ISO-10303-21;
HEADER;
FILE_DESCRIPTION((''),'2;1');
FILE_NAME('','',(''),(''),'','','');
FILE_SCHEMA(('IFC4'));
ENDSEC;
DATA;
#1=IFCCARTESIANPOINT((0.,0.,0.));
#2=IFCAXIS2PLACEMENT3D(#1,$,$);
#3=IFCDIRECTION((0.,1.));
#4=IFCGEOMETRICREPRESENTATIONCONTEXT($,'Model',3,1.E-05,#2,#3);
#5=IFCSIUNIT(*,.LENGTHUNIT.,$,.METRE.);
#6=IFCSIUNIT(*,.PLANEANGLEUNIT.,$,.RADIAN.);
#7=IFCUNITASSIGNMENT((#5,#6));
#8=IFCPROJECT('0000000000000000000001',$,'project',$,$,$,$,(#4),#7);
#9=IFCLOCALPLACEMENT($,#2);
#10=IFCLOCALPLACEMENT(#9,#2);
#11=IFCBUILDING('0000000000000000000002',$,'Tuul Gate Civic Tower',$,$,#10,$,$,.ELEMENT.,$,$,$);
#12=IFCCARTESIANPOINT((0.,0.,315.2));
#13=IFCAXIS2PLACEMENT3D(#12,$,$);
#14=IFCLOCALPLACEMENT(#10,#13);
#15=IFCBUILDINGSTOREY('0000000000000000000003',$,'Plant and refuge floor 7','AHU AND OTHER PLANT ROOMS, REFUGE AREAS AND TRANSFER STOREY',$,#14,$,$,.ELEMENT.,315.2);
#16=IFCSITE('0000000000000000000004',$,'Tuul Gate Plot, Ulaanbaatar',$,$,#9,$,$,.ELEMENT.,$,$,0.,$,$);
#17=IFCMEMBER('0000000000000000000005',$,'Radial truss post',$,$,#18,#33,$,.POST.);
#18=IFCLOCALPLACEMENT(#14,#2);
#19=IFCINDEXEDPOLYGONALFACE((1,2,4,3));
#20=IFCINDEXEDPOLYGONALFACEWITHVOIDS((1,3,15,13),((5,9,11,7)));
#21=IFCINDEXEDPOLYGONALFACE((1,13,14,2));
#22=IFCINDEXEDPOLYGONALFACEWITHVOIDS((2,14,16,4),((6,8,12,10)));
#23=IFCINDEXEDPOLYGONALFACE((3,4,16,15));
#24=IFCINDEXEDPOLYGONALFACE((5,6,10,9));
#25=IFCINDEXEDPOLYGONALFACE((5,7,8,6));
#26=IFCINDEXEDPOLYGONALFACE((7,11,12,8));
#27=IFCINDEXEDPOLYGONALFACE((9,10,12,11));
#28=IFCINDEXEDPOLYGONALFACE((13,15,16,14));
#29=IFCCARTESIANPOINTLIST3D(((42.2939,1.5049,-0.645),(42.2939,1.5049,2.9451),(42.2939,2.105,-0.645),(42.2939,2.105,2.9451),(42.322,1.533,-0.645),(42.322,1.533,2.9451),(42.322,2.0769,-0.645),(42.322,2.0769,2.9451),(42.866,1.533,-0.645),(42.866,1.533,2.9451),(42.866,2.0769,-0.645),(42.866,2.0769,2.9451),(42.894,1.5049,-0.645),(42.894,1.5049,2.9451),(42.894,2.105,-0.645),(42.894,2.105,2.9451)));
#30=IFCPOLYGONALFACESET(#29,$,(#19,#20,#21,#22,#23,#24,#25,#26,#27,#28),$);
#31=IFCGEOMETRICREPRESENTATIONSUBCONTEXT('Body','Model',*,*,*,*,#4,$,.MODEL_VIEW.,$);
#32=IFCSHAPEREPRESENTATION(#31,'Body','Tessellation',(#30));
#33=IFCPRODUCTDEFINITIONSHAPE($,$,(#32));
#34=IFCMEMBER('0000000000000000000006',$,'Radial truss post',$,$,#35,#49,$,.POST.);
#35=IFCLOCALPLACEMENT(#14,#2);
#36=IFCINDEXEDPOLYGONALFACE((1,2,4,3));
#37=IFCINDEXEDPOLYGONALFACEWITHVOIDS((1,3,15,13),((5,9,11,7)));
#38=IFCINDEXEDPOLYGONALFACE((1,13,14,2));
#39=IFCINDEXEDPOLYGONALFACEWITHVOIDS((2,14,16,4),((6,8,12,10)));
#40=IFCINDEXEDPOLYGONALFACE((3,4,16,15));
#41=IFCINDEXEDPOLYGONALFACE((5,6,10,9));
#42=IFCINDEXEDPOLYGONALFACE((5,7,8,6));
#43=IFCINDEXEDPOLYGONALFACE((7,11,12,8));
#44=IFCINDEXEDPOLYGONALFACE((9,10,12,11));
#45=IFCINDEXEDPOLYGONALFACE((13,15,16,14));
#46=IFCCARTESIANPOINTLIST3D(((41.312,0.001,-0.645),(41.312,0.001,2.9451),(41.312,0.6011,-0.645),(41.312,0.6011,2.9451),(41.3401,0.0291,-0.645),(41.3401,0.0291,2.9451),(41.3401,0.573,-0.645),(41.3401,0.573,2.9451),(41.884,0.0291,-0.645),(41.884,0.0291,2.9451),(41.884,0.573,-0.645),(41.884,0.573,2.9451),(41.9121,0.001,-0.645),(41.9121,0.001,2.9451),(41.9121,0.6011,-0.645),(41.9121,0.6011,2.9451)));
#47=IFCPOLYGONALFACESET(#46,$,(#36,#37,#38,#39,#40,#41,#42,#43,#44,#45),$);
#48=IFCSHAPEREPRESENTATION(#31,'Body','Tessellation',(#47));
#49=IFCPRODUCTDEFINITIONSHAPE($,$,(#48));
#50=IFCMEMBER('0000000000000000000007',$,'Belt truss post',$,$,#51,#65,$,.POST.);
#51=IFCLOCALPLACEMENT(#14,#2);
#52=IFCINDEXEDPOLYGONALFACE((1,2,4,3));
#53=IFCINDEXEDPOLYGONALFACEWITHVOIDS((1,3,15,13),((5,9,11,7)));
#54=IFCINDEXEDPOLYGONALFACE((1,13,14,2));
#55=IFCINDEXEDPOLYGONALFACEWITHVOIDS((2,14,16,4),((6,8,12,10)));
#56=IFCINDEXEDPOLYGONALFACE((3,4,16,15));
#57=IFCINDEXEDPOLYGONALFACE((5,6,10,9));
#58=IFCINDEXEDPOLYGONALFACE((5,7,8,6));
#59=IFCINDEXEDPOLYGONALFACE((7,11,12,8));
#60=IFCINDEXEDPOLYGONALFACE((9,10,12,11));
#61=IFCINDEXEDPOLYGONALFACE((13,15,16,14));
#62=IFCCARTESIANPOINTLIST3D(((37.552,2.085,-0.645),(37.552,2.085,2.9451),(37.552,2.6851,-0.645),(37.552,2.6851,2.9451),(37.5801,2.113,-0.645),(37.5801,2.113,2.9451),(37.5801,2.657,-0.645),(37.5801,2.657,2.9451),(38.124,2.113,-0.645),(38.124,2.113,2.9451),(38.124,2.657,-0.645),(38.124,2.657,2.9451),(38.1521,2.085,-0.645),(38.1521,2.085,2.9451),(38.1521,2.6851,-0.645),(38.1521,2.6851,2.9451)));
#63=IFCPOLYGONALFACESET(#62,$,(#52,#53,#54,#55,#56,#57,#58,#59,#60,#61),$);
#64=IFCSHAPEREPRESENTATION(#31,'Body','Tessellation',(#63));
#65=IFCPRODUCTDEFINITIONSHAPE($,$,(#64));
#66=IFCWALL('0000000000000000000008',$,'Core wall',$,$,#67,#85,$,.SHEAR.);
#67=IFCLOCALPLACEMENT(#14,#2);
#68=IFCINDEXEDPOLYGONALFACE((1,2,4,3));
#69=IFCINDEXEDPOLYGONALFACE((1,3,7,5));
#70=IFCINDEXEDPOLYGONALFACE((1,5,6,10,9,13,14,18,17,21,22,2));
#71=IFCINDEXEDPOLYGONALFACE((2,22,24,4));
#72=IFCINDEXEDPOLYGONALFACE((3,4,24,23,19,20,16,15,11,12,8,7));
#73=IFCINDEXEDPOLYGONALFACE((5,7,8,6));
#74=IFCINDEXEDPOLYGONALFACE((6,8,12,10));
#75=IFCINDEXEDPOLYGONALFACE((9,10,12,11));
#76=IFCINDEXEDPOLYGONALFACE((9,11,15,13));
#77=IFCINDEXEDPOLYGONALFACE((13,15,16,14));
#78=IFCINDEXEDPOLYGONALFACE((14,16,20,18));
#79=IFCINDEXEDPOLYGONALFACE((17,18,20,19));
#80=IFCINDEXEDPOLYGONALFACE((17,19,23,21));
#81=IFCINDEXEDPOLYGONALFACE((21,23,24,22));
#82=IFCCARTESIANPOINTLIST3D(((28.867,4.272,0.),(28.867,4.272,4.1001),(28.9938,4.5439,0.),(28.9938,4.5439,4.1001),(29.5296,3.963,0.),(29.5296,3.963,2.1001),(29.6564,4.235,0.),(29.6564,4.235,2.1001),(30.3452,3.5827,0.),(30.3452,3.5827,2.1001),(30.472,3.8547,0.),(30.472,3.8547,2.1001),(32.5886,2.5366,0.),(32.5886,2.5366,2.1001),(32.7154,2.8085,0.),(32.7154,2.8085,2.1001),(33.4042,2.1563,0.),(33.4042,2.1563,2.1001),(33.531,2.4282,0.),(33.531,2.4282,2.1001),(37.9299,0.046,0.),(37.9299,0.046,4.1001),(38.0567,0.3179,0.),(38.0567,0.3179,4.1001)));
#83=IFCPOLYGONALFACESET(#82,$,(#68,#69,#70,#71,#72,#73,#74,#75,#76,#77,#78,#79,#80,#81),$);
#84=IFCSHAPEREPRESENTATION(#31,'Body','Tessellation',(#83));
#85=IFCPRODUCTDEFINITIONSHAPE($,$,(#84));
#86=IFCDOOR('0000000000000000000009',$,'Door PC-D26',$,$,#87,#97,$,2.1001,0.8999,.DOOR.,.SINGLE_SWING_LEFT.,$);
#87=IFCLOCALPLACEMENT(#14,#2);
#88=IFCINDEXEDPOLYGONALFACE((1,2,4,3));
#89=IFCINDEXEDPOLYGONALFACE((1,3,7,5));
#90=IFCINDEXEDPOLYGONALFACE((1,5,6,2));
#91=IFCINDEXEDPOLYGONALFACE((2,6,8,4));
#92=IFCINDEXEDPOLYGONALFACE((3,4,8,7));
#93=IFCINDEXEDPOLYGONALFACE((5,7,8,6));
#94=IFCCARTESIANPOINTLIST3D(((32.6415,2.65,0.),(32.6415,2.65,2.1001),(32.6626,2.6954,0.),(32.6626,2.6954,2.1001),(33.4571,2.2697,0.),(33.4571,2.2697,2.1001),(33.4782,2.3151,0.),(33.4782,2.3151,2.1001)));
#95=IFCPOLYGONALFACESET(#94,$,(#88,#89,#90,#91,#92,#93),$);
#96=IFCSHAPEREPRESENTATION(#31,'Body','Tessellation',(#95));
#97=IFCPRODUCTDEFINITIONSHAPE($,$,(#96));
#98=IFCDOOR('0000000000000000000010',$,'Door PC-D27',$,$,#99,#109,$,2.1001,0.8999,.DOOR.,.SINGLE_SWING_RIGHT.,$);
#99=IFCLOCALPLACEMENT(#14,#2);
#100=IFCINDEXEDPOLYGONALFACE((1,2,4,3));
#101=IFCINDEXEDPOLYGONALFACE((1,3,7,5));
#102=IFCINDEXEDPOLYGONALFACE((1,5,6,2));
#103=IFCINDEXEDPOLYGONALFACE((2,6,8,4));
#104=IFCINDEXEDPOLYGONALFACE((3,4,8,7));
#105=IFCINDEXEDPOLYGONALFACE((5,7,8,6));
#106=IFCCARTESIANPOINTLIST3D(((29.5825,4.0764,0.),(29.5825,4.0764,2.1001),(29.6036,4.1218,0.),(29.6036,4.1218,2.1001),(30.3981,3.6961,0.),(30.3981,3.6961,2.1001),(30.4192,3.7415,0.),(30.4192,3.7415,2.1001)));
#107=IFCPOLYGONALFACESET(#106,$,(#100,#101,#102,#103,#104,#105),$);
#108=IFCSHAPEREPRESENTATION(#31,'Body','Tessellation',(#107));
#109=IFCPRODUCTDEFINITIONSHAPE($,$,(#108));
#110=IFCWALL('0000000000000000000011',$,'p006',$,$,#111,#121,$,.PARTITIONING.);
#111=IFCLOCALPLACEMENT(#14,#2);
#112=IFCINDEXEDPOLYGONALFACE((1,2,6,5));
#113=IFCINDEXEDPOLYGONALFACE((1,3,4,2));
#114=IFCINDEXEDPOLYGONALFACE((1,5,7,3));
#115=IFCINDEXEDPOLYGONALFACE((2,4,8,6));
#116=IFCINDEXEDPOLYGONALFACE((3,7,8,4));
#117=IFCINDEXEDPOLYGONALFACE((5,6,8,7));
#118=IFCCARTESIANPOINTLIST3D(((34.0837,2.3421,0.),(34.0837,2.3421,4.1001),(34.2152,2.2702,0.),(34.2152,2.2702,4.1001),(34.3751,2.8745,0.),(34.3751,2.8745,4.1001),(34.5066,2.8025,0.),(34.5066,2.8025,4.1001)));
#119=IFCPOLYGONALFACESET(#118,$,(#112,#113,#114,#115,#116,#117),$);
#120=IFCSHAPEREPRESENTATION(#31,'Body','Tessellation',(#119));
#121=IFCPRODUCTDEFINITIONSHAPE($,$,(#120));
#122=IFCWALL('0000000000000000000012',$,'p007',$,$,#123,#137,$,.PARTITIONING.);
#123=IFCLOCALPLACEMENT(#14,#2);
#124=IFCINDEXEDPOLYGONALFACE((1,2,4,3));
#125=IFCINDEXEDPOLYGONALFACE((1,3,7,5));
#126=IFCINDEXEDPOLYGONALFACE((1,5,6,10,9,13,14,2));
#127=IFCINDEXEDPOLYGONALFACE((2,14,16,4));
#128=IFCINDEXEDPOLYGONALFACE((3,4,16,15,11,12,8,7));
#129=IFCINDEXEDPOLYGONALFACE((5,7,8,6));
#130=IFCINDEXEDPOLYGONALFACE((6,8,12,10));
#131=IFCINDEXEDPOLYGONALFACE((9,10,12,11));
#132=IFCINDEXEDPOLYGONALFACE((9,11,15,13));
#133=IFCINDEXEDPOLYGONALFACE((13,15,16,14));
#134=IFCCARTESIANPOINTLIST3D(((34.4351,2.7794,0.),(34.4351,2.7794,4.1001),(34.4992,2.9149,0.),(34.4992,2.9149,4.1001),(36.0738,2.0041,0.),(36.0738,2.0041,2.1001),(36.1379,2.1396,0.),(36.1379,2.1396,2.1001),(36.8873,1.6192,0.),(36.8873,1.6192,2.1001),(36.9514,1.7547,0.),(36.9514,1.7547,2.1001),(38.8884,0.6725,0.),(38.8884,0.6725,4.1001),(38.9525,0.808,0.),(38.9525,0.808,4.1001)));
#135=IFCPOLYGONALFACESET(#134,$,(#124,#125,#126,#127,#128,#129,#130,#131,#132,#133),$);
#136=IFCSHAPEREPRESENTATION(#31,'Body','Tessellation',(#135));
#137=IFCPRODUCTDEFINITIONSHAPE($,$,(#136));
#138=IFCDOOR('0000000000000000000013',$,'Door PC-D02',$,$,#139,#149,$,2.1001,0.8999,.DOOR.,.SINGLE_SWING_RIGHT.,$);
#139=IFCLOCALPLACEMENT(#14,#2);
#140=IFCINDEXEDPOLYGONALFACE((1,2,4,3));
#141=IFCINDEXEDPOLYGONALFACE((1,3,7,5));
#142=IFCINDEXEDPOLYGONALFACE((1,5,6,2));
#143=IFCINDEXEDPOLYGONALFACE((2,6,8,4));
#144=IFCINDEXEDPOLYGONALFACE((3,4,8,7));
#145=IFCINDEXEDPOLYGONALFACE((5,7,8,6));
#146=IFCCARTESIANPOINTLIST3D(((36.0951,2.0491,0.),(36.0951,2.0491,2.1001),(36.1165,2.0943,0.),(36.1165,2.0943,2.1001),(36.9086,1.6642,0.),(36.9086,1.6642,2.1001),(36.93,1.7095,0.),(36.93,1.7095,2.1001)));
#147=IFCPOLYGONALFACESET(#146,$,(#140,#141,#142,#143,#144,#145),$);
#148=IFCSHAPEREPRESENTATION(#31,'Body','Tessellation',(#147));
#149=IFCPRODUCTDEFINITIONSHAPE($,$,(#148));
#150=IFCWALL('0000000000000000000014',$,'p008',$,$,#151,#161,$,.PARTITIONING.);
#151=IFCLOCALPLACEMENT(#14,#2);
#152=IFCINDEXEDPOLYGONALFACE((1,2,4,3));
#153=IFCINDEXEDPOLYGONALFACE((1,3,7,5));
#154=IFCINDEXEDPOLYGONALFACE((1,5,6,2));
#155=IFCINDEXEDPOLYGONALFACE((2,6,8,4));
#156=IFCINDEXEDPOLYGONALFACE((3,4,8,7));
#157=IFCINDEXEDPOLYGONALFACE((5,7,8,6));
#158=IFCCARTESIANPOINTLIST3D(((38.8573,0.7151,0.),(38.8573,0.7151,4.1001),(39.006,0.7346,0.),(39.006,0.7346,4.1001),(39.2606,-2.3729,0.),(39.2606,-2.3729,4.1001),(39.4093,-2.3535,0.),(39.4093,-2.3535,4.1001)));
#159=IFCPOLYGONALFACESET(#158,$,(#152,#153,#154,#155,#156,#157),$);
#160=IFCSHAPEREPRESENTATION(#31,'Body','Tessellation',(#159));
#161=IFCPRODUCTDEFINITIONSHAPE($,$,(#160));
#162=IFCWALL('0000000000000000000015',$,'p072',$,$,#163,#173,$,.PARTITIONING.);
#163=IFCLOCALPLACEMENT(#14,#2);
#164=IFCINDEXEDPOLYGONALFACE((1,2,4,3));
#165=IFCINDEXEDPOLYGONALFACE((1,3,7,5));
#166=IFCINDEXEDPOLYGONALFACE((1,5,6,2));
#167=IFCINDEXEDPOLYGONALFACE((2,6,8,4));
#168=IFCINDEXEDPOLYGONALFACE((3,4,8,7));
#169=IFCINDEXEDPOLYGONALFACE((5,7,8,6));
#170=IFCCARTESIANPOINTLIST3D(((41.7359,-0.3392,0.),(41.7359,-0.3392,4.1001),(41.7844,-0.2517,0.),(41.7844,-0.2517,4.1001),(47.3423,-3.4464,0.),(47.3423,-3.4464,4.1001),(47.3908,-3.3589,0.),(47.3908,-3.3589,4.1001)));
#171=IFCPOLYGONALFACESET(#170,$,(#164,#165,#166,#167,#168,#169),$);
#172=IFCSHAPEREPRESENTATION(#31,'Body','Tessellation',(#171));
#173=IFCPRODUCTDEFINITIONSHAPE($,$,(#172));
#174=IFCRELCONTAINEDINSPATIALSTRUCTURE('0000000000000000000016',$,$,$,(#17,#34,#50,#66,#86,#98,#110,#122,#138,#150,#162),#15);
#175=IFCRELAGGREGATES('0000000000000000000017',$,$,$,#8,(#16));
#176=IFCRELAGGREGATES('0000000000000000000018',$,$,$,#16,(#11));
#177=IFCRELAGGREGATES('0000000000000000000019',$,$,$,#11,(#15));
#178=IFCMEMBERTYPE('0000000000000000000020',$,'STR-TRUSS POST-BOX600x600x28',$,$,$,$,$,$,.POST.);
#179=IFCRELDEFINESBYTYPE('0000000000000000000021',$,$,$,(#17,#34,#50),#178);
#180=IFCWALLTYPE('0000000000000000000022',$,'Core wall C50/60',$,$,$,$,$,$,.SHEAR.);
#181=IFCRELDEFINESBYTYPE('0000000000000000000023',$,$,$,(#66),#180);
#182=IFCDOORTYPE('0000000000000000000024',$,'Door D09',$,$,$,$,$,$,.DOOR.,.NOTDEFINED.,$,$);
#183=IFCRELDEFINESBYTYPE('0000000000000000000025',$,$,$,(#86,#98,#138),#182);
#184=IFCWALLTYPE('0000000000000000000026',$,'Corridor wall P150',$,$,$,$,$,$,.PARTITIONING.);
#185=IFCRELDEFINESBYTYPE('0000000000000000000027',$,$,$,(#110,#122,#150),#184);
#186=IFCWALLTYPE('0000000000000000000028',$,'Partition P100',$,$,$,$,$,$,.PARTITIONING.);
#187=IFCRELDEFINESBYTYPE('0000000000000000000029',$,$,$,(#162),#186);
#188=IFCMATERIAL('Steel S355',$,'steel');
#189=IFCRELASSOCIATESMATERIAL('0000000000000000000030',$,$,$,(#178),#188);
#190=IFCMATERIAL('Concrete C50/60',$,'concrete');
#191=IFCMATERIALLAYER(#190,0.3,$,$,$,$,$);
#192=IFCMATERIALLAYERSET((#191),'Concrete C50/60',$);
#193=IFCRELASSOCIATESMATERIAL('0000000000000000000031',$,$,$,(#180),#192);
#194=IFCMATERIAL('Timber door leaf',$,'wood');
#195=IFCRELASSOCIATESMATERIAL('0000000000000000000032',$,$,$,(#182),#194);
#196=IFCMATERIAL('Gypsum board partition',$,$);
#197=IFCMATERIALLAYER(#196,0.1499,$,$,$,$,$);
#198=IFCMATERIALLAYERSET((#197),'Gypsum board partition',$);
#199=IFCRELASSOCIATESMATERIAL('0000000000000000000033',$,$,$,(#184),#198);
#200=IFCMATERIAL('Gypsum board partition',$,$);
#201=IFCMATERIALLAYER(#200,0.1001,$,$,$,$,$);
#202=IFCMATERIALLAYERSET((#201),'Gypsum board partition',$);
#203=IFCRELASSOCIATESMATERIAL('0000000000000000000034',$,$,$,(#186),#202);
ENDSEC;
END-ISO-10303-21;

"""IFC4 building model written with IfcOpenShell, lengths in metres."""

from ifc_helpers import new_model, si_unit, direction, frame, frame_2d, origin, origin_2d, place, context, subcontext, project, spatial, rectangle, hollow_rectangle, extrude, material, layer, layer_set, material_profile, profile_set, type_object, element, fill, save


model = new_model("IFC4")

# Units and contexts
model_context = context("Model", 3, precision=1e-05, world=origin(), true_north=direction((0.0, 1.0)))
body_context = subcontext(model_context, "Body", "Model", "MODEL_VIEW")
ifc_project = project(units=[si_unit("LENGTHUNIT", "METRE"), si_unit("PLANEANGLEUNIT", "RADIAN")], contexts=[model_context])

# Site, building, storey
site_placement = place(None, origin())
site = spatial("IfcSite", under=ifc_project, at=site_placement, Name="Tuul Gate Plot, Ulaanbaatar", CompositionType="ELEMENT", RefElevation=0.0)
building_placement = place(site_placement, origin())
building = spatial("IfcBuilding", under=site, at=building_placement, Name="Tuul Gate Civic Tower", CompositionType="ELEMENT")
storey_placement = place(building_placement, frame((0.0, 0.0, 315.2)))
storey = spatial("IfcBuildingStorey", under=building, at=storey_placement, Name="Plant and refuge floor 7", Description="AHU AND OTHER PLANT ROOMS, REFUGE AREAS AND TRANSFER STOREY", CompositionType="ELEMENT", Elevation=315.2)

# Members
ifc_material_1 = material(Name="Steel S355", Category="steel")
ifc_material_profile_1 = material_profile(ifc_material_1, hollow_rectangle(XDim=0.6001, YDim=0.6001, WallThickness=0.0281, at=origin_2d()), Name="BOX600x600x28")
ifc_profile_set_1 = profile_set([ifc_material_profile_1], Name="Steel S355")
member_type_1 = type_object("IfcMemberType", Name="STR-TRUSS POST-BOX600x600x28", PredefinedType="POST", material=ifc_profile_set_1)
for number, where, z_axis, x_axis, name in (
    (1, (42.594, 1.8049, -0.645), (0.0, 0.0, 1.0), (1.0, 0.0, 0.0), "Radial truss post"),
    (2, (41.6121, 0.301, -0.645), (0.0, 0.0, 1.0), (1.0, 0.0, 0.0), "Radial truss post"),
    (3, (37.8521, 2.385, -0.645), (0.0, 0.0, 1.0), (1.0, 0.0, 0.0), "Belt truss post"),
):
    element("IfcMember", number, at=place(storey_placement, frame(where, z_axis=z_axis, x_axis=x_axis)), inside=storey, type_object=member_type_1, Name=name, PredefinedType="POST", context=body_context, shape_type="SweptSolid", body=[
        extrude(hollow_rectangle(XDim=0.6001, YDim=0.6001, WallThickness=0.0281, at=origin_2d()), origin(), (0.0, 0.0, 1.0), 3.5901),
    ])

# Wall, openings, doors
ifc_material_2 = material(Name="Concrete C50/60", Category="concrete")
ifc_layer_1 = layer(ifc_material_2, 0.3)
ifc_layer_set_1 = layer_set([ifc_layer_1], Name="Concrete C50/60")
wall_type_1 = type_object("IfcWallType", Name="Core wall C50/60", PredefinedType="SHEAR", material=ifc_layer_set_1)
wall_1_placement = place(storey_placement, frame((37.9934, 0.1819, 0.0), z_axis=(0.0, 0.0, 1.0), x_axis=(-0.90631, 0.422613, 0.0)))
wall_1 = element("IfcWall", 4, at=wall_1_placement, inside=storey, type_object=wall_type_1, Name="Core wall", PredefinedType="SHEAR", context=body_context, shape_type="SweptSolid", body=[
    extrude(rectangle(XDim=9.9998, YDim=0.3, at=frame_2d((5.0, 0.0))), origin(), (0.0, 0.0, 1.0), 4.1001),
])
opening_1_placement = place(wall_1_placement, frame((4.9937, 0.0, 0.0)))
opening_1 = element("IfcOpeningElement", 5, at=opening_1_placement, cuts=wall_1, PredefinedType="OPENING", context=body_context, shape_type="SweptSolid", body=[
    extrude(rectangle(XDim=0.8999, YDim=2.1001, at=frame_2d((0.45, 1.05))), frame((0.0, 0.1602, 0.0), z_axis=(0.0, -1.0, 0.0), x_axis=(1.0, 0.0, 0.0)), (0.0, 0.0, 1.0), 0.3201),
])
opening_2_placement = place(wall_1_placement, frame((8.3689, 0.0, 0.0)))
opening_2 = element("IfcOpeningElement", 6, at=opening_2_placement, cuts=wall_1, PredefinedType="OPENING", context=body_context, shape_type="SweptSolid", body=[
    extrude(rectangle(XDim=0.8999, YDim=2.1001, at=frame_2d((0.45, 1.05))), frame((0.0, 0.1602, 0.0), z_axis=(0.0, -1.0, 0.0), x_axis=(1.0, 0.0, 0.0)), (0.0, 0.0, 1.0), 0.3201),
])
ifc_material_3 = material(Name="Timber door leaf", Category="wood")
door_type = type_object("IfcDoorType", Name="Door D09", OperationType="NOTDEFINED", PredefinedType="DOOR", material=ifc_material_3)
door_1_placement = place(opening_1_placement, origin())
door_1 = element("IfcDoor", 7, at=door_1_placement, inside=storey, type_object=door_type, Name="Door PC-D26", OperationType="SINGLE_SWING_LEFT", OverallHeight=2.1001, OverallWidth=0.8999, PredefinedType="DOOR", context=body_context, shape_type="SweptSolid", body=[
    extrude(rectangle(XDim=0.8999, YDim=2.1001, at=frame_2d((0.45, 1.05))), frame((0.0, 0.0249, 0.0), z_axis=(0.0, -1.0, 0.0), x_axis=(1.0, 0.0, 0.0)), (0.0, 0.0, 1.0), 0.05),
])
fill(opening_1, door_1)
door_2_placement = place(opening_2_placement, origin())
door_2 = element("IfcDoor", 8, at=door_2_placement, inside=storey, type_object=door_type, Name="Door PC-D27", OperationType="SINGLE_SWING_RIGHT", OverallHeight=2.1001, OverallWidth=0.8999, PredefinedType="DOOR", context=body_context, shape_type="SweptSolid", body=[
    extrude(rectangle(XDim=0.8999, YDim=2.1001, at=frame_2d((0.45, 1.05))), frame((0.0, 0.0249, 0.0), z_axis=(0.0, -1.0, 0.0), x_axis=(1.0, 0.0, 0.0)), (0.0, 0.0, 1.0), 0.05),
])
fill(opening_2, door_2)

# Wall
ifc_material_4 = material(Name="Gypsum board partition")
ifc_layer_2 = layer(ifc_material_4, 0.1499)
ifc_layer_set_2 = layer_set([ifc_layer_2], Name="Gypsum board partition")
wall_type_2 = type_object("IfcWallType", Name="Corridor wall P150", PredefinedType="PARTITIONING", material=ifc_layer_set_2)
wall_2_placement = place(storey_placement, frame((34.1494, 2.3062, 0.0), z_axis=(0.0, 0.0, 1.0), x_axis=(0.480204, 0.877157, 0.0)))
element("IfcWall", 9, at=wall_2_placement, inside=storey, type_object=wall_type_2, Name="p006", PredefinedType="PARTITIONING", context=body_context, shape_type="SweptSolid", body=[
    extrude(rectangle(XDim=0.6069, YDim=0.1499, at=frame_2d((0.3035, 0.0))), origin(), (0.0, 0.0, 1.0), 4.1001),
])

# Wall, opening, door
wall_3_placement = place(storey_placement, frame((34.467, 2.8472, 0.0), z_axis=(0.0, 0.0, 1.0), x_axis=(0.903939, -0.427662, 0.0)))
wall_3 = element("IfcWall", 10, at=wall_3_placement, inside=storey, type_object=wall_type_2, Name="p007", PredefinedType="PARTITIONING", context=body_context, shape_type="SweptSolid", body=[
    extrude(rectangle(XDim=4.9265, YDim=0.1499, at=frame_2d((2.4634, 0.0))), origin(), (0.0, 0.0, 1.0), 4.1001),
])
opening_3_placement = place(wall_3_placement, frame((1.813, 0.0, 0.0)))
opening_3 = element("IfcOpeningElement", 11, at=opening_3_placement, cuts=wall_3, PredefinedType="OPENING", context=body_context, shape_type="SweptSolid", body=[
    extrude(rectangle(XDim=0.8999, YDim=2.1001, at=frame_2d((0.45, 1.05))), frame((0.0, 0.085, 0.0), z_axis=(0.0, -1.0, 0.0), x_axis=(1.0, 0.0, 0.0)), (0.0, 0.0, 1.0), 0.1699),
])
door_3_placement = place(opening_3_placement, origin())
door_3 = element("IfcDoor", 12, at=door_3_placement, inside=storey, type_object=door_type, Name="Door PC-D02", OperationType="SINGLE_SWING_RIGHT", OverallHeight=2.1001, OverallWidth=0.8999, PredefinedType="DOOR", context=body_context, shape_type="SweptSolid", body=[
    extrude(rectangle(XDim=0.8999, YDim=2.1001, at=frame_2d((0.45, 1.05))), frame((0.0, 0.0249, 0.0), z_axis=(0.0, -1.0, 0.0), x_axis=(1.0, 0.0, 0.0)), (0.0, 0.0, 1.0), 0.05),
])
fill(opening_3, door_3)

# Walls
wall_4_placement = place(storey_placement, frame((38.9316, 0.7249, 0.0), z_axis=(0.0, 0.0, 1.0), x_axis=(0.129503, -0.991579, 0.0)))
element("IfcWall", 13, at=wall_4_placement, inside=storey, type_object=wall_type_2, Name="p008", PredefinedType="PARTITIONING", context=body_context, shape_type="SweptSolid", body=[
    extrude(rectangle(XDim=3.1143, YDim=0.1499, at=frame_2d((1.5571, 0.0))), origin(), (0.0, 0.0, 1.0), 4.1001),
])
ifc_material_5 = material(Name="Gypsum board partition")
ifc_layer_3 = layer(ifc_material_5, 0.1001)
ifc_layer_set_3 = layer_set([ifc_layer_3], Name="Gypsum board partition")
wall_type_3 = type_object("IfcWallType", Name="Partition P100", PredefinedType="PARTITIONING", material=ifc_layer_set_3)
wall_5_placement = place(storey_placement, frame((41.76, -0.2954, 0.0), z_axis=(0.0, 0.0, 1.0), x_axis=(0.874654, -0.484747, 0.0)))
element("IfcWall", 14, at=wall_5_placement, inside=storey, type_object=wall_type_3, Name="p072", PredefinedType="PARTITIONING", context=body_context, shape_type="SweptSolid", body=[
    extrude(rectangle(XDim=6.4099, YDim=0.1001, at=frame_2d((3.2051, 0.0))), origin(), (0.0, 0.0, 1.0), 4.1001),
])

save(model, "model.ifc")
